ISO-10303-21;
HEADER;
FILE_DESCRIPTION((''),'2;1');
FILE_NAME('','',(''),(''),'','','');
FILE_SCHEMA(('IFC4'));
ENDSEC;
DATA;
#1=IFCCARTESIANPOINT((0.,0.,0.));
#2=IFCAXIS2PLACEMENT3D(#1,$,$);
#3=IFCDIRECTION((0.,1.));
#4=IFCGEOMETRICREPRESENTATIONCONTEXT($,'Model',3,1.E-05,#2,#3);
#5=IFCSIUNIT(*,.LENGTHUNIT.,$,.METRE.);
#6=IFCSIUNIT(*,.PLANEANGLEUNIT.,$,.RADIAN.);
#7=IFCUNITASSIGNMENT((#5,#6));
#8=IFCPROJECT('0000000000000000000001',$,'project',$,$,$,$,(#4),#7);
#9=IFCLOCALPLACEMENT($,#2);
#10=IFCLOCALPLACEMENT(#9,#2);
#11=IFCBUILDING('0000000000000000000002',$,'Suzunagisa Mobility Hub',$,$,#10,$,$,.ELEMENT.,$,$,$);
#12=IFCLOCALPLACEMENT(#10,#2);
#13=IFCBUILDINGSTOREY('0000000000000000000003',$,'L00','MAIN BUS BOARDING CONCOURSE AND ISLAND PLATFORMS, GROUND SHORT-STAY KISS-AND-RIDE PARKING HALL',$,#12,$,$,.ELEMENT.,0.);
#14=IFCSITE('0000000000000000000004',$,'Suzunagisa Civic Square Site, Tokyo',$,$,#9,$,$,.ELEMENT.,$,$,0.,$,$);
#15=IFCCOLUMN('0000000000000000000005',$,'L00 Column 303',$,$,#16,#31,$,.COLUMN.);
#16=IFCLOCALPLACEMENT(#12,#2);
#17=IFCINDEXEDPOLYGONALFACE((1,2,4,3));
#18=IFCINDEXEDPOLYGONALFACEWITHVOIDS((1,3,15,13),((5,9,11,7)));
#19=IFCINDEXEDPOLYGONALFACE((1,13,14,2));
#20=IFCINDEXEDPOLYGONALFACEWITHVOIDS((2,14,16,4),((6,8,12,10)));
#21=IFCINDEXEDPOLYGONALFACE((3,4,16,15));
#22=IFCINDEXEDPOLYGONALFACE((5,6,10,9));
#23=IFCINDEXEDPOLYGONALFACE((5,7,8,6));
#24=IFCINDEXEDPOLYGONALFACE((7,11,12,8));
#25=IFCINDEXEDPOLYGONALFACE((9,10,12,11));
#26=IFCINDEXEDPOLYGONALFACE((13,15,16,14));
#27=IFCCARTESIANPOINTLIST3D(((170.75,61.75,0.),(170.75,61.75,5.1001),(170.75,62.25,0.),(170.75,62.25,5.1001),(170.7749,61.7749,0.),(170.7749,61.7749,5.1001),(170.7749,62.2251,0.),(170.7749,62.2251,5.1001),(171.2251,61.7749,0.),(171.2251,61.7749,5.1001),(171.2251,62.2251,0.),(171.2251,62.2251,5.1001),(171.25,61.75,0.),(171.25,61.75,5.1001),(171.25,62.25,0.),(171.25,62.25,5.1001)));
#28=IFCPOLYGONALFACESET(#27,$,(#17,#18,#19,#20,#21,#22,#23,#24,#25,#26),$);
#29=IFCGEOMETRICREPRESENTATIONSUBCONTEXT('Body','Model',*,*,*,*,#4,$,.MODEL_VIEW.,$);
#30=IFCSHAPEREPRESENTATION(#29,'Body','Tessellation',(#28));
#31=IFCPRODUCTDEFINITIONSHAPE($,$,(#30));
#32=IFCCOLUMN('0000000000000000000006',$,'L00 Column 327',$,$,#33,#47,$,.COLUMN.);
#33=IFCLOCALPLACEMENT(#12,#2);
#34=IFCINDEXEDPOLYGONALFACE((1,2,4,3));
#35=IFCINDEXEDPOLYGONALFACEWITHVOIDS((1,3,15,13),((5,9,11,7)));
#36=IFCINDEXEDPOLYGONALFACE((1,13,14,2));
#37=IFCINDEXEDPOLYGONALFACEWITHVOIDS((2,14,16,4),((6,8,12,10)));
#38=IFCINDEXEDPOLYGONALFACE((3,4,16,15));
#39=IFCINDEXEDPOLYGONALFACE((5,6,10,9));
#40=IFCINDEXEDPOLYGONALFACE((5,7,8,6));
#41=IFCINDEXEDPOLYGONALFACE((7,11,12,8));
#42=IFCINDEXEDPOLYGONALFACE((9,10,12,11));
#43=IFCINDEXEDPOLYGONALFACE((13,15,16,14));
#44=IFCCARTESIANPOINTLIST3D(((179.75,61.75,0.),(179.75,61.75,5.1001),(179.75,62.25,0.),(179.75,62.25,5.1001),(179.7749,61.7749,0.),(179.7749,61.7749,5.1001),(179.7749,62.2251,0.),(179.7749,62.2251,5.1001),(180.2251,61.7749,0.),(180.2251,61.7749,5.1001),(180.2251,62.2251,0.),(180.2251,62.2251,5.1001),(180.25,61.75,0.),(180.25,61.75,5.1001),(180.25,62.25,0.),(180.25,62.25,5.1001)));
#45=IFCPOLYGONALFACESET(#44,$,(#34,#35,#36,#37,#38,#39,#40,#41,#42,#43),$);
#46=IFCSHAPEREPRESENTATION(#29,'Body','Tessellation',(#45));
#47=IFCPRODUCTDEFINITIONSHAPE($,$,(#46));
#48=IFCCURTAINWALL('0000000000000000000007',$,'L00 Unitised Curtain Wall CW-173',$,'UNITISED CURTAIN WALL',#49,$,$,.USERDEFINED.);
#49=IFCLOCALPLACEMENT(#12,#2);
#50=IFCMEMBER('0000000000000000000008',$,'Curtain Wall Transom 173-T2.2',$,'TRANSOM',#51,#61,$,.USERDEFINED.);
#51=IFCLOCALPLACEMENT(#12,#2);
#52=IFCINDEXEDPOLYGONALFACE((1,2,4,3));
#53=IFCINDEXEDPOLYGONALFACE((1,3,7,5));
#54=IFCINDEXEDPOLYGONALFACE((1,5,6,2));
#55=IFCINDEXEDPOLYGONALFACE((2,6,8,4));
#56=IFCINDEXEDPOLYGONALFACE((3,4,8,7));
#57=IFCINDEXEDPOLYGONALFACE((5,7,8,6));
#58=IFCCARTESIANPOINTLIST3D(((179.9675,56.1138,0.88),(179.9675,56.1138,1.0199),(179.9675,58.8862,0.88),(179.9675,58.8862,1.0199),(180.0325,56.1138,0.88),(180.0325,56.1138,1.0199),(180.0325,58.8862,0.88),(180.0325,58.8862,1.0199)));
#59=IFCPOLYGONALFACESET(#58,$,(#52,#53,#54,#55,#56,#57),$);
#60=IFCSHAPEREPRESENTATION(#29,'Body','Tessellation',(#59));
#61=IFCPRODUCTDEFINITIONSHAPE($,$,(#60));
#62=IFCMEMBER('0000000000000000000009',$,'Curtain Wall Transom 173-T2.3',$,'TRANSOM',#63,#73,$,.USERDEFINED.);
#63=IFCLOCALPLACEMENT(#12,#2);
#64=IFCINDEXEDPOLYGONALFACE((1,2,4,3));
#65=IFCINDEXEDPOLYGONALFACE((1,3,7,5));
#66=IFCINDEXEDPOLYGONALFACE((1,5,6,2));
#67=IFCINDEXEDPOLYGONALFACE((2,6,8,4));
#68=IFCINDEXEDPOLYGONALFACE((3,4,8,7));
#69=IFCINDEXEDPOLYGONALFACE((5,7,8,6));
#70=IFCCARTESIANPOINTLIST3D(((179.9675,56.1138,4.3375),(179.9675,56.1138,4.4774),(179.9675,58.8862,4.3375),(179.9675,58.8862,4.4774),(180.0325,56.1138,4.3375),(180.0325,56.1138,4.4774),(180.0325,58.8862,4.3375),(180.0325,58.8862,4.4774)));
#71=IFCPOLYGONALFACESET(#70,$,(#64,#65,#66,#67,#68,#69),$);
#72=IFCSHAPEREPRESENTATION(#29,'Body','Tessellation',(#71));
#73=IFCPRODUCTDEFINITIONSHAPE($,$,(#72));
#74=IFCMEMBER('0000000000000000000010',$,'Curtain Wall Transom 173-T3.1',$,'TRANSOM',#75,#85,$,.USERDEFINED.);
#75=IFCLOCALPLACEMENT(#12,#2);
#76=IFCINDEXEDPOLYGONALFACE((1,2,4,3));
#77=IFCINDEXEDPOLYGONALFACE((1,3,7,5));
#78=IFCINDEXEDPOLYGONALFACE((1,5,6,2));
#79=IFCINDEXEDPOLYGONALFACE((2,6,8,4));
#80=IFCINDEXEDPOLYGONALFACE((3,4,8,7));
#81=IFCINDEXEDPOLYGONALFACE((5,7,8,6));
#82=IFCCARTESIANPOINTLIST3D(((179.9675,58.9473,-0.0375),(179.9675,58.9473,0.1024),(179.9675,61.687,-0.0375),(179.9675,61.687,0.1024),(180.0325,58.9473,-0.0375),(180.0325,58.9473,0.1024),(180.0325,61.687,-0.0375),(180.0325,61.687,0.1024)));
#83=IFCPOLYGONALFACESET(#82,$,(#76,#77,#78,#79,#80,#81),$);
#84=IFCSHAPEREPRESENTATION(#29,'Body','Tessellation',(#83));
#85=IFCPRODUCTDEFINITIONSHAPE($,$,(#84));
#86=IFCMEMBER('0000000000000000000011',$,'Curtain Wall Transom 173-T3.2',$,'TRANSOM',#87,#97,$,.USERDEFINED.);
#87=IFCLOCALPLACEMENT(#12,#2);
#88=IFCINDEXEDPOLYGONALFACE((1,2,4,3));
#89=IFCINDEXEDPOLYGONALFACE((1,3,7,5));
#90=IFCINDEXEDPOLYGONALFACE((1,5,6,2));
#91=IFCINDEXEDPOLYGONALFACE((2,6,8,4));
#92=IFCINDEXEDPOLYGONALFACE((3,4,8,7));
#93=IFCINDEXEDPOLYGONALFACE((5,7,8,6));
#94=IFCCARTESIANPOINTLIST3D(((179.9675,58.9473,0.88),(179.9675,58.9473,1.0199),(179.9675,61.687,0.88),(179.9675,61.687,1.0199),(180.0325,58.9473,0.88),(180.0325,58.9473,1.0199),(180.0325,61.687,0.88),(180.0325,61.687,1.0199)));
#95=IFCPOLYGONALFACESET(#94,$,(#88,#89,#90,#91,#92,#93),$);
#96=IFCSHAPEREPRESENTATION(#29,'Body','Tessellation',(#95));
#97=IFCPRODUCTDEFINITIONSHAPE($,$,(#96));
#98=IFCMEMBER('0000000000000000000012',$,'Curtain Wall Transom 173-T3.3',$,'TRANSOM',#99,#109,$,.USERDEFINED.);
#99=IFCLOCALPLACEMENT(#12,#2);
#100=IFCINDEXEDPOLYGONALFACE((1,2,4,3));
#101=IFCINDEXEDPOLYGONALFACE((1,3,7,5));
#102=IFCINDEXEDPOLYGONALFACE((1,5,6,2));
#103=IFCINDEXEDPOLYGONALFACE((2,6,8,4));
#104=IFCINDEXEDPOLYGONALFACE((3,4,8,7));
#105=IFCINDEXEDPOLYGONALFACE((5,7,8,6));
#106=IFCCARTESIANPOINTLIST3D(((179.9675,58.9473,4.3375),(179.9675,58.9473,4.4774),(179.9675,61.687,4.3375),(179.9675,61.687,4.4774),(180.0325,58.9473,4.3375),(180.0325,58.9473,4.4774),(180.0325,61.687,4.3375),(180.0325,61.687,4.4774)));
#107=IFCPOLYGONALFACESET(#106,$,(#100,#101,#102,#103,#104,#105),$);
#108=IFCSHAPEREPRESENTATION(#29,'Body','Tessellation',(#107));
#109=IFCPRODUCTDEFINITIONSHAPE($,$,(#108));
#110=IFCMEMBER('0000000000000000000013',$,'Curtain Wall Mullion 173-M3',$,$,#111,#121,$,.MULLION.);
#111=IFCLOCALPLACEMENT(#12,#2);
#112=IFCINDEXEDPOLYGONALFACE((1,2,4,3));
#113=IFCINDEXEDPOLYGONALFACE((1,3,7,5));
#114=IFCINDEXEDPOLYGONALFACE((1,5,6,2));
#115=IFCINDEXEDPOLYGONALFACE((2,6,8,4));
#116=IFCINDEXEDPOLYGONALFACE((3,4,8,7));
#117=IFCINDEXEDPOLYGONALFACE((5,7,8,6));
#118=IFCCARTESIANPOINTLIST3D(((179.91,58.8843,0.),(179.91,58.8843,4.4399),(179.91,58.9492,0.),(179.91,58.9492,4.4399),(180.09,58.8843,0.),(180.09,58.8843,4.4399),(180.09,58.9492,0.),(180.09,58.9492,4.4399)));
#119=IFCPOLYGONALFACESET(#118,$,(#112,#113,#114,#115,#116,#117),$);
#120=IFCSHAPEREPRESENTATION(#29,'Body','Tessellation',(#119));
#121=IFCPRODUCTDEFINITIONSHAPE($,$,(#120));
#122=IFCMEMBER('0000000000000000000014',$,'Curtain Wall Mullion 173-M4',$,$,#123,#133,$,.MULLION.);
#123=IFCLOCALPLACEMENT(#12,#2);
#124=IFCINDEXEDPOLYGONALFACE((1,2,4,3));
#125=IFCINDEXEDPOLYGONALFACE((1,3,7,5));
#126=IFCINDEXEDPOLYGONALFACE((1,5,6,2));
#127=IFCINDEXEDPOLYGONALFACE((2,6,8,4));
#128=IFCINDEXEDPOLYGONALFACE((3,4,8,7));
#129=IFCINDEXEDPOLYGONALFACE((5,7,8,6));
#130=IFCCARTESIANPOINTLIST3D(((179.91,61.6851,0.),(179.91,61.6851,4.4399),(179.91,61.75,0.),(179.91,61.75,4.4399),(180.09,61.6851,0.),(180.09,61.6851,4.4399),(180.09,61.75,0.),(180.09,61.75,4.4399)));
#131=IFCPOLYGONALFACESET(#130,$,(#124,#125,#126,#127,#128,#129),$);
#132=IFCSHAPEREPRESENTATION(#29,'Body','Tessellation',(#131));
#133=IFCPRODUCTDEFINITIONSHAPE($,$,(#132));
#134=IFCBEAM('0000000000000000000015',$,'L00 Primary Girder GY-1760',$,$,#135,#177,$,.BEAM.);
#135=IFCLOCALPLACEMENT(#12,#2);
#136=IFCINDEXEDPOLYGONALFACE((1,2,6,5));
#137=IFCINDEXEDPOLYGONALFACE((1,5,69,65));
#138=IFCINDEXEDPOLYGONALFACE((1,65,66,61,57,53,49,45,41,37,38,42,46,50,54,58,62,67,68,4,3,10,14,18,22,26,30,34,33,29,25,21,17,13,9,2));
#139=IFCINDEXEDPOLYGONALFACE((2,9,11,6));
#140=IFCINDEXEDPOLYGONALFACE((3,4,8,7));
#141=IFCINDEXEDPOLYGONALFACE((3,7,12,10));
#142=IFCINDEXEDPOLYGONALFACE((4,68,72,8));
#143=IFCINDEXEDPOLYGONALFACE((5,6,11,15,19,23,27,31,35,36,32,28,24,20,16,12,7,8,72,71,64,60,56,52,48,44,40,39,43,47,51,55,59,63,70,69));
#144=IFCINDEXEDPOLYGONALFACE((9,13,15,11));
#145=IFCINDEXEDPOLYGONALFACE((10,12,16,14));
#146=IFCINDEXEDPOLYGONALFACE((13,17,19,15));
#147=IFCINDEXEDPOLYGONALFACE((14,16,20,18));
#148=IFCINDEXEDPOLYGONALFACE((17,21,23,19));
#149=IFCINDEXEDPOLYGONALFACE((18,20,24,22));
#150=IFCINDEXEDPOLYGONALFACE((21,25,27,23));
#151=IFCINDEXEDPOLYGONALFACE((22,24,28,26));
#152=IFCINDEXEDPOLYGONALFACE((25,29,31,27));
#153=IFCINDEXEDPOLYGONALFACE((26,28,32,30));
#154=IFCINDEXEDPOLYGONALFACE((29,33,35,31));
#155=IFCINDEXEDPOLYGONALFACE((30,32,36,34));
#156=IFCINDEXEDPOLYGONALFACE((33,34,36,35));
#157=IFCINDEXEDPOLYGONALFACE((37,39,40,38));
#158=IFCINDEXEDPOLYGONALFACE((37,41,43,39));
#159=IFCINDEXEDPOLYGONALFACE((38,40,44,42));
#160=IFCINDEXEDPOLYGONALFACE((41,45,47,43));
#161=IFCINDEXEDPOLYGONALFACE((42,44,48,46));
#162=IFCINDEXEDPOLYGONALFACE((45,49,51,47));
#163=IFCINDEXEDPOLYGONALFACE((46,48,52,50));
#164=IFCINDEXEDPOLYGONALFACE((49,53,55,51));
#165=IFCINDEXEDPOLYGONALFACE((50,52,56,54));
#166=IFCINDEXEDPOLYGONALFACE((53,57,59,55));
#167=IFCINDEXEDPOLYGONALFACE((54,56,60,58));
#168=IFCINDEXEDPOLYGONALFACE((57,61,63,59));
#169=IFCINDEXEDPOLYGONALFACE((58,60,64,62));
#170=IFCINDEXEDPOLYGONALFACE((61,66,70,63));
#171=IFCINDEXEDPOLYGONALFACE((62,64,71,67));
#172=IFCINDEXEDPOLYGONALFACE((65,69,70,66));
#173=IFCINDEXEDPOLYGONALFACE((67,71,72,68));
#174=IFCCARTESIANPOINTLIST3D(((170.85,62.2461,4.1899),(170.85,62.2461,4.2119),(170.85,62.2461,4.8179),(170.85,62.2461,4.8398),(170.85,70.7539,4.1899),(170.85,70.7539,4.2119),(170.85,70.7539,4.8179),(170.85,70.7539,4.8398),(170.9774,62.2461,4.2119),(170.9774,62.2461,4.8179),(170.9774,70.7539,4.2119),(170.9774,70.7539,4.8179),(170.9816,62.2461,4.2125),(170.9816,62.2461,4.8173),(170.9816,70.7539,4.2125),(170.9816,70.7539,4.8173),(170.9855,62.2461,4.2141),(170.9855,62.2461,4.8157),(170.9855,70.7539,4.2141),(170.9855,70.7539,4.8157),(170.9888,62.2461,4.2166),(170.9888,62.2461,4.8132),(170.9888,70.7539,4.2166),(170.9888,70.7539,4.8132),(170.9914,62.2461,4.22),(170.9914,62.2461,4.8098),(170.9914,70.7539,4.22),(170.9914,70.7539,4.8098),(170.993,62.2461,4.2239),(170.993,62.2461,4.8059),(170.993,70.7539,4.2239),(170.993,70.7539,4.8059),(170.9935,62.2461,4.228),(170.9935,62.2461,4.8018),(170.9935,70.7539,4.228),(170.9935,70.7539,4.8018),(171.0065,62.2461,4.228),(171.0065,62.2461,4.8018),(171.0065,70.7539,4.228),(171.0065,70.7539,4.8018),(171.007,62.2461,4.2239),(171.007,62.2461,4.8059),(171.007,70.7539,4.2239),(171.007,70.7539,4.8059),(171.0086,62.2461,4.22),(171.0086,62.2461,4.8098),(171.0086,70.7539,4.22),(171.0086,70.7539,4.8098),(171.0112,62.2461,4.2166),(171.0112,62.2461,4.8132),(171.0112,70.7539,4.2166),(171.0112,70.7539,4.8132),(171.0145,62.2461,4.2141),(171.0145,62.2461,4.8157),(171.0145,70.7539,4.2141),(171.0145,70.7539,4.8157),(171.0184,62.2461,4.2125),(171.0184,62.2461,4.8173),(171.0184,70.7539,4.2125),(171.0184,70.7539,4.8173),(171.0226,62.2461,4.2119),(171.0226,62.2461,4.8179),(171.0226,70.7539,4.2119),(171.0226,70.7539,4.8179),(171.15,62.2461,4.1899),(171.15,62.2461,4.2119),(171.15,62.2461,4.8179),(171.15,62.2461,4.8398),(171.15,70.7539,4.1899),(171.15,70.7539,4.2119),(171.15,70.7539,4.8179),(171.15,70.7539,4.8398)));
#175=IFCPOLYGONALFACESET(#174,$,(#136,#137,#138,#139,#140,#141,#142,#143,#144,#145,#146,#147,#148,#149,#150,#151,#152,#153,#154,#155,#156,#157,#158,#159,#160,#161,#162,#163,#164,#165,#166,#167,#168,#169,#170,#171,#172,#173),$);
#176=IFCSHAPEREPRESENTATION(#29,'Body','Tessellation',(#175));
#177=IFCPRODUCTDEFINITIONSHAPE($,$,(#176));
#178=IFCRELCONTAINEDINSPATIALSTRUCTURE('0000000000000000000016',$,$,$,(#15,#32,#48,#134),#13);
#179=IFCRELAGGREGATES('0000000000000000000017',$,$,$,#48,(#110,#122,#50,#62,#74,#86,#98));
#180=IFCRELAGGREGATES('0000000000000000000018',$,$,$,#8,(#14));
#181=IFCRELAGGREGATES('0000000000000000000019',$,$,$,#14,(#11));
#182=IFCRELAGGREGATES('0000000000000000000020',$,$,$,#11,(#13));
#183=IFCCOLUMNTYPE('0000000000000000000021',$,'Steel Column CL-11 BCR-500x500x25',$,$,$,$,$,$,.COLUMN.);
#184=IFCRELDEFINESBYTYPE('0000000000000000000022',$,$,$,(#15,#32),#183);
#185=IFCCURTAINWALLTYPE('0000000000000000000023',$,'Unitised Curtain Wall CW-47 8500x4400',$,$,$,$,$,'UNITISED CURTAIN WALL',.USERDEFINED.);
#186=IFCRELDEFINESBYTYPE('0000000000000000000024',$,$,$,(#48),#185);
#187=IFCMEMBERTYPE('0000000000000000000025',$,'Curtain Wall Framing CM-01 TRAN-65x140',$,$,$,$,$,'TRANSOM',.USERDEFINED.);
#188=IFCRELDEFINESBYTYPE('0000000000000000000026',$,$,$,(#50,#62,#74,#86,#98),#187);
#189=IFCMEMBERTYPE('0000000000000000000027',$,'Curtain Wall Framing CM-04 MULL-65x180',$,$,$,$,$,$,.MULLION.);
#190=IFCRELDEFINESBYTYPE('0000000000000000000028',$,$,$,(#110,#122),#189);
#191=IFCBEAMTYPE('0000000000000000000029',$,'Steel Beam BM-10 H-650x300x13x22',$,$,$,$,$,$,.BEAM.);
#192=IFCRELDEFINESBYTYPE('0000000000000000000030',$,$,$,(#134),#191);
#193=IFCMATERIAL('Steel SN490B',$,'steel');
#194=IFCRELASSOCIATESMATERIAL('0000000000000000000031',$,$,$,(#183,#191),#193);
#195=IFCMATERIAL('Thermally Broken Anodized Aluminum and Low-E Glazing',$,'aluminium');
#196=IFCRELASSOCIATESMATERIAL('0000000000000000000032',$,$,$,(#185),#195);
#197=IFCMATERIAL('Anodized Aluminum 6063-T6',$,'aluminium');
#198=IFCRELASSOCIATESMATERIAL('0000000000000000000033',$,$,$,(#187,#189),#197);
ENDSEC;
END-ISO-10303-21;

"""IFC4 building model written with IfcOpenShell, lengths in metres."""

from ifc_helpers import new_model, si_unit, direction, frame, origin, origin_2d, place, context, subcontext, project, spatial, rectangle, hollow_rectangle, i_section, extrude, material, material_profile, profile_set, type_object, element, aggregate, save


model = new_model("IFC4")

# Units and contexts
model_context = context("Model", 3, precision=1e-05, world=origin(), true_north=direction((0.0, 1.0)))
body_context = subcontext(model_context, "Body", "Model", "MODEL_VIEW")
ifc_project = project(units=[si_unit("LENGTHUNIT", "METRE"), si_unit("PLANEANGLEUNIT", "RADIAN")], contexts=[model_context])

# Site, building, storey
site_placement = place(None, origin())
site = spatial("IfcSite", under=ifc_project, at=site_placement, Name="Suzunagisa Civic Square Site, Tokyo", CompositionType="ELEMENT", RefElevation=0.0)
building_placement = place(site_placement, origin())
building = spatial("IfcBuilding", under=site, at=building_placement, Name="Suzunagisa Mobility Hub", CompositionType="ELEMENT")
storey_placement = place(building_placement, origin())
storey = spatial("IfcBuildingStorey", under=building, at=storey_placement, Name="L00", Description="MAIN BUS BOARDING CONCOURSE AND ISLAND PLATFORMS, GROUND SHORT-STAY KISS-AND-RIDE PARKING HALL", CompositionType="ELEMENT", Elevation=0.0)

# Columns
ifc_material_1 = material(Name="Steel SN490B", Category="steel")
ifc_material_profile_1 = material_profile(ifc_material_1, hollow_rectangle(XDim=0.5, YDim=0.5, WallThickness=0.0249, at=origin_2d()), Name="BCR-500x500x25")
ifc_profile_set_1 = profile_set([ifc_material_profile_1], Name="Steel SN490B")
column_type = type_object("IfcColumnType", Name="Steel Column CL-11 BCR-500x500x25", PredefinedType="COLUMN", material=ifc_profile_set_1)
for number, where, z_axis, x_axis, name in (
    (1, (171.0, 62.0, 0.0), (0.0, 0.0, 1.0), (1.0, 0.0, 0.0), "L00 Column 303"),
    (2, (180.0, 62.0, 0.0), (0.0, 0.0, 1.0), (1.0, 0.0, 0.0), "L00 Column 327"),
):
    element("IfcColumn", number, at=place(storey_placement, frame(where, z_axis=z_axis, x_axis=x_axis)), inside=storey, type_object=column_type, Name=name, PredefinedType="COLUMN", context=body_context, shape_type="SweptSolid", body=[
        extrude(hollow_rectangle(XDim=0.5, YDim=0.5, WallThickness=0.0249, at=origin_2d()), origin(), (0.0, 0.0, 1.0), 5.1001),
    ])

# Curtain wall, members
ifc_material_2 = material(Name="Thermally Broken Anodized Aluminum and Low-E Glazing", Category="aluminium")
curtain_wall_type = type_object("IfcCurtainWallType", Name="Unitised Curtain Wall CW-47 8500x4400", ElementType="UNITISED CURTAIN WALL", PredefinedType="USERDEFINED", material=ifc_material_2)
curtain_wall_placement = place(storey_placement, origin())
curtain_wall = element("IfcCurtainWall", 3, at=curtain_wall_placement, inside=storey, type_object=curtain_wall_type, Name="L00 Unitised Curtain Wall CW-173", ObjectType="UNITISED CURTAIN WALL", PredefinedType="USERDEFINED")
ifc_material_3 = material(Name="Anodized Aluminum 6063-T6", Category="aluminium")
ifc_material_profile_2 = material_profile(ifc_material_3, rectangle(XDim=0.0649, YDim=0.1399, at=origin_2d()), Name="TRAN-65x140")
ifc_profile_set_2 = profile_set([ifc_material_profile_2], Name="Anodized Aluminum 6063-T6")
member_type_1 = type_object("IfcMemberType", Name="Curtain Wall Framing CM-01 TRAN-65x140", ElementType="TRANSOM", PredefinedType="USERDEFINED", material=ifc_profile_set_2)
member_1_placement = place(storey_placement, frame((180.0, 56.1138, 0.95), z_axis=(0.0, 1.0, 0.0), x_axis=(-1.0, 0.0, 0.0)))
member_1 = element("IfcMember", 4, at=member_1_placement, type_object=member_type_1, Name="Curtain Wall Transom 173-T2.2", ObjectType="TRANSOM", PredefinedType="USERDEFINED", context=body_context, shape_type="SweptSolid", body=[
    extrude(rectangle(XDim=0.0649, YDim=0.1399, at=origin_2d()), origin(), (0.0, 0.0, 1.0), 2.7725),
])
member_2_placement = place(storey_placement, frame((180.0, 56.1138, 4.4075), z_axis=(0.0, 1.0, 0.0), x_axis=(-1.0, 0.0, 0.0)))
member_2 = element("IfcMember", 5, at=member_2_placement, type_object=member_type_1, Name="Curtain Wall Transom 173-T2.3", ObjectType="TRANSOM", PredefinedType="USERDEFINED", context=body_context, shape_type="SweptSolid", body=[
    extrude(rectangle(XDim=0.0649, YDim=0.1399, at=origin_2d()), origin(), (0.0, 0.0, 1.0), 2.7725),
])
member_3_placement = place(storey_placement, frame((180.0, 58.9473, 0.0325), z_axis=(0.0, 1.0, 0.0), x_axis=(-1.0, 0.0, 0.0)))
member_3 = element("IfcMember", 6, at=member_3_placement, type_object=member_type_1, Name="Curtain Wall Transom 173-T3.1", ObjectType="TRANSOM", PredefinedType="USERDEFINED", context=body_context, shape_type="SweptSolid", body=[
    extrude(rectangle(XDim=0.0649, YDim=0.1399, at=origin_2d()), origin(), (0.0, 0.0, 1.0), 2.7397),
])
member_4_placement = place(storey_placement, frame((180.0, 58.9473, 0.95), z_axis=(0.0, 1.0, 0.0), x_axis=(-1.0, 0.0, 0.0)))
member_4 = element("IfcMember", 7, at=member_4_placement, type_object=member_type_1, Name="Curtain Wall Transom 173-T3.2", ObjectType="TRANSOM", PredefinedType="USERDEFINED", context=body_context, shape_type="SweptSolid", body=[
    extrude(rectangle(XDim=0.0649, YDim=0.1399, at=origin_2d()), origin(), (0.0, 0.0, 1.0), 2.7397),
])
member_5_placement = place(storey_placement, frame((180.0, 58.9473, 4.4075), z_axis=(0.0, 1.0, 0.0), x_axis=(-1.0, 0.0, 0.0)))
member_5 = element("IfcMember", 8, at=member_5_placement, type_object=member_type_1, Name="Curtain Wall Transom 173-T3.3", ObjectType="TRANSOM", PredefinedType="USERDEFINED", context=body_context, shape_type="SweptSolid", body=[
    extrude(rectangle(XDim=0.0649, YDim=0.1399, at=origin_2d()), origin(), (0.0, 0.0, 1.0), 2.7397),
])
ifc_material_profile_3 = material_profile(ifc_material_3, rectangle(XDim=0.0649, YDim=0.1799, at=origin_2d()), Name="MULL-65x180")
ifc_profile_set_3 = profile_set([ifc_material_profile_3], Name="Anodized Aluminum 6063-T6")
member_type_2 = type_object("IfcMemberType", Name="Curtain Wall Framing CM-04 MULL-65x180", PredefinedType="MULLION", material=ifc_profile_set_3)
member_6_placement = place(storey_placement, frame((180.0, 58.9167, 0.0), z_axis=(0.0, 0.0, 1.0), x_axis=(0.0, 1.0, 0.0)))
member_6 = element("IfcMember", 9, at=member_6_placement, type_object=member_type_2, Name="Curtain Wall Mullion 173-M3", PredefinedType="MULLION", context=body_context, shape_type="SweptSolid", body=[
    extrude(rectangle(XDim=0.0649, YDim=0.1799, at=origin_2d()), origin(), (0.0, 0.0, 1.0), 4.4399),
])
member_7_placement = place(storey_placement, frame((180.0, 61.7175, 0.0), z_axis=(0.0, 0.0, 1.0), x_axis=(0.0, 1.0, 0.0)))
member_7 = element("IfcMember", 10, at=member_7_placement, type_object=member_type_2, Name="Curtain Wall Mullion 173-M4", PredefinedType="MULLION", context=body_context, shape_type="SweptSolid", body=[
    extrude(rectangle(XDim=0.0649, YDim=0.1799, at=origin_2d()), origin(), (0.0, 0.0, 1.0), 4.4399),
])

# Beam
ifc_material_profile_4 = material_profile(ifc_material_1, i_section(OverallWidth=0.3, OverallDepth=0.6499, WebThickness=0.0129, FlangeThickness=0.022, FilletRadius=0.0161, at=origin_2d()), Name="H-650x300x13x22")
ifc_profile_set_4 = profile_set([ifc_material_profile_4], Name="Steel SN490B")
beam_type_1 = type_object("IfcBeamType", Name="Steel Beam BM-10 H-650x300x13x22", PredefinedType="BEAM", material=ifc_profile_set_4)
beam_1_placement = place(storey_placement, frame((171.0, 62.2461, 4.5149), z_axis=(0.0, 1.0, 0.0), x_axis=(-1.0, 0.0, 0.0)))
element("IfcBeam", 11, at=beam_1_placement, inside=storey, type_object=beam_type_1, Name="L00 Primary Girder GY-1760", PredefinedType="BEAM", context=body_context, shape_type="SweptSolid", body=[
    extrude(i_section(OverallWidth=0.3, OverallDepth=0.6499, WebThickness=0.0129, FlangeThickness=0.022, FilletRadius=0.0161, at=origin_2d()), origin(), (0.0, 0.0, 1.0), 8.5078),
])

aggregate(curtain_wall, [member_6, member_7, member_1, member_2, member_3, member_4, member_5])

save(model, "model.ifc")
